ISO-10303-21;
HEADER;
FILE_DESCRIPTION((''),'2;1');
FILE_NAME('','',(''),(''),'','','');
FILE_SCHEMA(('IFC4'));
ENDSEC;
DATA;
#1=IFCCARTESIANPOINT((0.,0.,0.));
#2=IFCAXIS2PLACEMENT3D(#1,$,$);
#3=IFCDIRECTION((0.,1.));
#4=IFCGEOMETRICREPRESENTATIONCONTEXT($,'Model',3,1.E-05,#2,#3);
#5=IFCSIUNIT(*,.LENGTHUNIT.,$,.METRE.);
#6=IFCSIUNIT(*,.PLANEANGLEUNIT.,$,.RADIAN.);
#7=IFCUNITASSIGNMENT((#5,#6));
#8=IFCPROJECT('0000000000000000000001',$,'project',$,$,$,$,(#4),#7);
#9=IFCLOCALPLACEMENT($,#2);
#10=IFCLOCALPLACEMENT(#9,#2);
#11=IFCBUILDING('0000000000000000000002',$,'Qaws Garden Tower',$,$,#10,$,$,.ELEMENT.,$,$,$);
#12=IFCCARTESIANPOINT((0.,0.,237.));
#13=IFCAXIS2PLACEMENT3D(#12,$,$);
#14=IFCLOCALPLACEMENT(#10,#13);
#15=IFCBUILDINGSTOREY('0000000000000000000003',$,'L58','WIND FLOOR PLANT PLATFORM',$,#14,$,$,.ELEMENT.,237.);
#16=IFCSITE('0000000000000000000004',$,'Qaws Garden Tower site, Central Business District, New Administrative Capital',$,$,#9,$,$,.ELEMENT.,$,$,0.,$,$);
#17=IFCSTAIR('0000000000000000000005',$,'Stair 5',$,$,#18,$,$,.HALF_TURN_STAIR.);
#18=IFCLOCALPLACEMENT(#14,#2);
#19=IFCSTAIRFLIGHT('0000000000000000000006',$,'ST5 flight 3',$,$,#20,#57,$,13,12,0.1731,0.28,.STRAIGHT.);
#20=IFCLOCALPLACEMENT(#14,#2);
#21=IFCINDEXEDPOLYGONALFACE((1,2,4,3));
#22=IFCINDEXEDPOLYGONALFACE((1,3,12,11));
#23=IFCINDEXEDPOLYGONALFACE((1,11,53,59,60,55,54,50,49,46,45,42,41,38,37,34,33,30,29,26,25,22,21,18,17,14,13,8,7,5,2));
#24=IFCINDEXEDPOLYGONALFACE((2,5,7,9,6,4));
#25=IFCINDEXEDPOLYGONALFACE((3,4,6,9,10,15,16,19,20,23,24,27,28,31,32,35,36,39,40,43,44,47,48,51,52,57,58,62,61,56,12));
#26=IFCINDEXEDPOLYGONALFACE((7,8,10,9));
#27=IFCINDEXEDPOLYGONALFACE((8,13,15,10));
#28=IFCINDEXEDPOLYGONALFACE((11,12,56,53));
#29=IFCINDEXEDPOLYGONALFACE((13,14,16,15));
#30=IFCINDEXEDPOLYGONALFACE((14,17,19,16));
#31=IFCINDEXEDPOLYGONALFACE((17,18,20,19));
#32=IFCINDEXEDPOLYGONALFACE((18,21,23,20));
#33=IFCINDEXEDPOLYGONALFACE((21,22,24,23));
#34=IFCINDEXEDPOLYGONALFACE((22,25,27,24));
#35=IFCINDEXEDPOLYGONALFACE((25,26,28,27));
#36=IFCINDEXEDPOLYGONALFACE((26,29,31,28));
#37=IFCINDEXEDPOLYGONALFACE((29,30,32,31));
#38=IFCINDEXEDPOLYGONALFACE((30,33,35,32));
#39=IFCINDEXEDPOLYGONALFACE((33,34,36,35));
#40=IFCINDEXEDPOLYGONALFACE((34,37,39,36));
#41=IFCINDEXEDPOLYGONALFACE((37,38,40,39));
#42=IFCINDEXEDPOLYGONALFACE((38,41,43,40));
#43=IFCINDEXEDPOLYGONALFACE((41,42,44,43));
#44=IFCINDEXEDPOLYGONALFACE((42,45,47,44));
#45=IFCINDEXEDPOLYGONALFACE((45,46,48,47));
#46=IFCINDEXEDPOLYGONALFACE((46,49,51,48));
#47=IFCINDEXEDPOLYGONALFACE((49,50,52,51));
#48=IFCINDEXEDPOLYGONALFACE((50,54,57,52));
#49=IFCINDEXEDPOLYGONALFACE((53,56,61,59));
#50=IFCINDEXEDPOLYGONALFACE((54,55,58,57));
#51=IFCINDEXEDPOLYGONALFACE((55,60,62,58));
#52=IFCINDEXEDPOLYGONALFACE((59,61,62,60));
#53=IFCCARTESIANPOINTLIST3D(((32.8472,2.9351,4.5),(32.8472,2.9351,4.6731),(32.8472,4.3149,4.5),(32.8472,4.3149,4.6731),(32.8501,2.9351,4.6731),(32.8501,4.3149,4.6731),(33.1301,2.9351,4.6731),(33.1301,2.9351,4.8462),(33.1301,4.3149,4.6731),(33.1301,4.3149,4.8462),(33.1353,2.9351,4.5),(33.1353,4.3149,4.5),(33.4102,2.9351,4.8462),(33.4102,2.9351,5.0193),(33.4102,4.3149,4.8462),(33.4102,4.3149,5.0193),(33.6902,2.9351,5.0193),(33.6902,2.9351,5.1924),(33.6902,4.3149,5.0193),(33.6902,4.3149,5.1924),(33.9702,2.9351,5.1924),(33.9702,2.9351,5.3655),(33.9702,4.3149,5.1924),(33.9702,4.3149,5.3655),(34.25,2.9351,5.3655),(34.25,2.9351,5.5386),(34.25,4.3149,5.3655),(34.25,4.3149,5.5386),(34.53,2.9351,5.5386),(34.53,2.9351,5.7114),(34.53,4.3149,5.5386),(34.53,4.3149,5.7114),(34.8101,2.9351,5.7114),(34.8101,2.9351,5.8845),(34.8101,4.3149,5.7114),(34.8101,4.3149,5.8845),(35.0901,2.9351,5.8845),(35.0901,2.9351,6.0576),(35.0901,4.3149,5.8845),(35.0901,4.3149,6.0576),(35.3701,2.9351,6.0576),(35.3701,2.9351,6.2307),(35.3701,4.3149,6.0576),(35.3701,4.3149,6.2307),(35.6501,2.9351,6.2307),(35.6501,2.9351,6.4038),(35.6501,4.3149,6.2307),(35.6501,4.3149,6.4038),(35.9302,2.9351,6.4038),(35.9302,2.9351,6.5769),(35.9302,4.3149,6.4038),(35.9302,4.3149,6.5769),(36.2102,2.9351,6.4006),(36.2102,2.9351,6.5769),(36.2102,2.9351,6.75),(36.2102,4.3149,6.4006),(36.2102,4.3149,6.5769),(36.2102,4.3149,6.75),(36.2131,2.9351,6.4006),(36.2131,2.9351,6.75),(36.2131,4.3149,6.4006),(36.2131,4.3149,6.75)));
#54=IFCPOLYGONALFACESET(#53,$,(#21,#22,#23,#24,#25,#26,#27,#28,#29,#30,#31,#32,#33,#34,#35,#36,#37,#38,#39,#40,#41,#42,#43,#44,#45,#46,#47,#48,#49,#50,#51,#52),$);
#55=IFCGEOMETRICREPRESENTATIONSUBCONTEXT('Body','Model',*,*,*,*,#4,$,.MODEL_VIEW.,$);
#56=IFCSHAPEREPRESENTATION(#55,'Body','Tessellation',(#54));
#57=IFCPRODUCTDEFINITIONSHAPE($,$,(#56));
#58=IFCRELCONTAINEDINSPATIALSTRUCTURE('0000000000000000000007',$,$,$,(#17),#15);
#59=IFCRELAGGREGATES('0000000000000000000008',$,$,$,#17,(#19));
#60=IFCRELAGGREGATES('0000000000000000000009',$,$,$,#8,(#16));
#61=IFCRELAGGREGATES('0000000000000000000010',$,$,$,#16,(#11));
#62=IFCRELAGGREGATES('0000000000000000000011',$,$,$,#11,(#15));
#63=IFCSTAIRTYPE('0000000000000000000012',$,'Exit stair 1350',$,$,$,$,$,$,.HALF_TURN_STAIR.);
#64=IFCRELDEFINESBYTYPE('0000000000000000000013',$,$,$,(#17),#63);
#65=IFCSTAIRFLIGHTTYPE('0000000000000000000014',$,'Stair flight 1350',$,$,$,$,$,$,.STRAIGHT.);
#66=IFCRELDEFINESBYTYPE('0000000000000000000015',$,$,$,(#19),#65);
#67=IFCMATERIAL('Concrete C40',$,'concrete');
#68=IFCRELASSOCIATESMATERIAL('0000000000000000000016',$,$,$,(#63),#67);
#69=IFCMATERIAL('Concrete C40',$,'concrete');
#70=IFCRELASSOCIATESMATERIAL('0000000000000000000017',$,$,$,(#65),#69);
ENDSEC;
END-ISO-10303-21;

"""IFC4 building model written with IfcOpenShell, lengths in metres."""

from ifc_helpers import new_model, si_unit, direction, frame, origin, place, context, subcontext, project, spatial, polyline, outline, extrude, material, type_object, element, aggregate, save


model = new_model("IFC4")

# Units and contexts
model_context = context("Model", 3, precision=1e-05, world=origin(), true_north=direction((0.0, 1.0)))
body_context = subcontext(model_context, "Body", "Model", "MODEL_VIEW")
ifc_project = project(units=[si_unit("LENGTHUNIT", "METRE"), si_unit("PLANEANGLEUNIT", "RADIAN")], contexts=[model_context])

# Site, building, storey
site_placement = place(None, origin())
site = spatial("IfcSite", under=ifc_project, at=site_placement, Name="Qaws Garden Tower site, Central Business District, New Administrative Capital", CompositionType="ELEMENT", RefElevation=0.0)
building_placement = place(site_placement, origin())
building = spatial("IfcBuilding", under=site, at=building_placement, Name="Qaws Garden Tower", CompositionType="ELEMENT")
storey_placement = place(building_placement, frame((0.0, 0.0, 237.0)))
storey = spatial("IfcBuildingStorey", under=building, at=storey_placement, Name="L58", Description="WIND FLOOR PLANT PLATFORM", CompositionType="ELEMENT", Elevation=237.0)

# Stair, stair flight
ifc_material_1 = material(Name="Concrete C40", Category="concrete")
stair_type = type_object("IfcStairType", Name="Exit stair 1350", PredefinedType="HALF_TURN_STAIR", material=ifc_material_1)
stair_placement = place(storey_placement, origin())
stair = element("IfcStair", 1, at=stair_placement, inside=storey, type_object=stair_type, Name="Stair 5", PredefinedType="HALF_TURN_STAIR")
ifc_material_2 = material(Name="Concrete C40", Category="concrete")
stair_flight_type = type_object("IfcStairFlightType", Name="Stair flight 1350", PredefinedType="STRAIGHT", material=ifc_material_2)
stair_flight_1_placement = place(storey_placement, frame((32.8501, 3.625, 4.5), z_axis=(0.0, 0.0, 1.0), x_axis=(1.0, 0.0, 0.0)))
stair_flight_1 = element("IfcStairFlight", 2, at=stair_flight_1_placement, type_object=stair_flight_type, Name="ST5 flight 3", NumberOfRisers=13, NumberOfTreads=12, PredefinedType="STRAIGHT", RiserHeight=0.1731, TreadLength=0.28, context=body_context, shape_type="SweptSolid", body=[
    extrude(outline(polyline([(-0.0029, 0.0), (-0.0029, 0.1731), (0.0, 0.1731), (0.28, 0.1731), (0.28, 0.3462), (0.5601, 0.3462), (0.5601, 0.5193), (0.8401, 0.5193), (0.8401, 0.6924), (1.1201, 0.6924), (1.1201, 0.8655), (1.3999, 0.8655), (1.3999, 1.0386), (1.6799, 1.0386), (1.6799, 1.2114), (1.96, 1.2114), (1.96, 1.3845), (2.24, 1.3845), (2.24, 1.5576), (2.52, 1.5576), (2.52, 1.7307), (2.8, 1.7307), (2.8, 1.9038), (3.0801, 1.9038), (3.0801, 2.0769), (3.3601, 2.0769), (3.3601, 2.25), (3.363, 2.25), (3.363, 1.9006), (3.3601, 1.9006), (0.2852, 0.0), (-0.0029, 0.0)])), frame((0.0, 0.6899, 0.0), z_axis=(0.0, -1.0, 0.0), x_axis=(1.0, 0.0, 0.0)), (0.0, 0.0, 1.0), 1.3799),
])
aggregate(stair, [stair_flight_1])

save(model, "model.ifc")
